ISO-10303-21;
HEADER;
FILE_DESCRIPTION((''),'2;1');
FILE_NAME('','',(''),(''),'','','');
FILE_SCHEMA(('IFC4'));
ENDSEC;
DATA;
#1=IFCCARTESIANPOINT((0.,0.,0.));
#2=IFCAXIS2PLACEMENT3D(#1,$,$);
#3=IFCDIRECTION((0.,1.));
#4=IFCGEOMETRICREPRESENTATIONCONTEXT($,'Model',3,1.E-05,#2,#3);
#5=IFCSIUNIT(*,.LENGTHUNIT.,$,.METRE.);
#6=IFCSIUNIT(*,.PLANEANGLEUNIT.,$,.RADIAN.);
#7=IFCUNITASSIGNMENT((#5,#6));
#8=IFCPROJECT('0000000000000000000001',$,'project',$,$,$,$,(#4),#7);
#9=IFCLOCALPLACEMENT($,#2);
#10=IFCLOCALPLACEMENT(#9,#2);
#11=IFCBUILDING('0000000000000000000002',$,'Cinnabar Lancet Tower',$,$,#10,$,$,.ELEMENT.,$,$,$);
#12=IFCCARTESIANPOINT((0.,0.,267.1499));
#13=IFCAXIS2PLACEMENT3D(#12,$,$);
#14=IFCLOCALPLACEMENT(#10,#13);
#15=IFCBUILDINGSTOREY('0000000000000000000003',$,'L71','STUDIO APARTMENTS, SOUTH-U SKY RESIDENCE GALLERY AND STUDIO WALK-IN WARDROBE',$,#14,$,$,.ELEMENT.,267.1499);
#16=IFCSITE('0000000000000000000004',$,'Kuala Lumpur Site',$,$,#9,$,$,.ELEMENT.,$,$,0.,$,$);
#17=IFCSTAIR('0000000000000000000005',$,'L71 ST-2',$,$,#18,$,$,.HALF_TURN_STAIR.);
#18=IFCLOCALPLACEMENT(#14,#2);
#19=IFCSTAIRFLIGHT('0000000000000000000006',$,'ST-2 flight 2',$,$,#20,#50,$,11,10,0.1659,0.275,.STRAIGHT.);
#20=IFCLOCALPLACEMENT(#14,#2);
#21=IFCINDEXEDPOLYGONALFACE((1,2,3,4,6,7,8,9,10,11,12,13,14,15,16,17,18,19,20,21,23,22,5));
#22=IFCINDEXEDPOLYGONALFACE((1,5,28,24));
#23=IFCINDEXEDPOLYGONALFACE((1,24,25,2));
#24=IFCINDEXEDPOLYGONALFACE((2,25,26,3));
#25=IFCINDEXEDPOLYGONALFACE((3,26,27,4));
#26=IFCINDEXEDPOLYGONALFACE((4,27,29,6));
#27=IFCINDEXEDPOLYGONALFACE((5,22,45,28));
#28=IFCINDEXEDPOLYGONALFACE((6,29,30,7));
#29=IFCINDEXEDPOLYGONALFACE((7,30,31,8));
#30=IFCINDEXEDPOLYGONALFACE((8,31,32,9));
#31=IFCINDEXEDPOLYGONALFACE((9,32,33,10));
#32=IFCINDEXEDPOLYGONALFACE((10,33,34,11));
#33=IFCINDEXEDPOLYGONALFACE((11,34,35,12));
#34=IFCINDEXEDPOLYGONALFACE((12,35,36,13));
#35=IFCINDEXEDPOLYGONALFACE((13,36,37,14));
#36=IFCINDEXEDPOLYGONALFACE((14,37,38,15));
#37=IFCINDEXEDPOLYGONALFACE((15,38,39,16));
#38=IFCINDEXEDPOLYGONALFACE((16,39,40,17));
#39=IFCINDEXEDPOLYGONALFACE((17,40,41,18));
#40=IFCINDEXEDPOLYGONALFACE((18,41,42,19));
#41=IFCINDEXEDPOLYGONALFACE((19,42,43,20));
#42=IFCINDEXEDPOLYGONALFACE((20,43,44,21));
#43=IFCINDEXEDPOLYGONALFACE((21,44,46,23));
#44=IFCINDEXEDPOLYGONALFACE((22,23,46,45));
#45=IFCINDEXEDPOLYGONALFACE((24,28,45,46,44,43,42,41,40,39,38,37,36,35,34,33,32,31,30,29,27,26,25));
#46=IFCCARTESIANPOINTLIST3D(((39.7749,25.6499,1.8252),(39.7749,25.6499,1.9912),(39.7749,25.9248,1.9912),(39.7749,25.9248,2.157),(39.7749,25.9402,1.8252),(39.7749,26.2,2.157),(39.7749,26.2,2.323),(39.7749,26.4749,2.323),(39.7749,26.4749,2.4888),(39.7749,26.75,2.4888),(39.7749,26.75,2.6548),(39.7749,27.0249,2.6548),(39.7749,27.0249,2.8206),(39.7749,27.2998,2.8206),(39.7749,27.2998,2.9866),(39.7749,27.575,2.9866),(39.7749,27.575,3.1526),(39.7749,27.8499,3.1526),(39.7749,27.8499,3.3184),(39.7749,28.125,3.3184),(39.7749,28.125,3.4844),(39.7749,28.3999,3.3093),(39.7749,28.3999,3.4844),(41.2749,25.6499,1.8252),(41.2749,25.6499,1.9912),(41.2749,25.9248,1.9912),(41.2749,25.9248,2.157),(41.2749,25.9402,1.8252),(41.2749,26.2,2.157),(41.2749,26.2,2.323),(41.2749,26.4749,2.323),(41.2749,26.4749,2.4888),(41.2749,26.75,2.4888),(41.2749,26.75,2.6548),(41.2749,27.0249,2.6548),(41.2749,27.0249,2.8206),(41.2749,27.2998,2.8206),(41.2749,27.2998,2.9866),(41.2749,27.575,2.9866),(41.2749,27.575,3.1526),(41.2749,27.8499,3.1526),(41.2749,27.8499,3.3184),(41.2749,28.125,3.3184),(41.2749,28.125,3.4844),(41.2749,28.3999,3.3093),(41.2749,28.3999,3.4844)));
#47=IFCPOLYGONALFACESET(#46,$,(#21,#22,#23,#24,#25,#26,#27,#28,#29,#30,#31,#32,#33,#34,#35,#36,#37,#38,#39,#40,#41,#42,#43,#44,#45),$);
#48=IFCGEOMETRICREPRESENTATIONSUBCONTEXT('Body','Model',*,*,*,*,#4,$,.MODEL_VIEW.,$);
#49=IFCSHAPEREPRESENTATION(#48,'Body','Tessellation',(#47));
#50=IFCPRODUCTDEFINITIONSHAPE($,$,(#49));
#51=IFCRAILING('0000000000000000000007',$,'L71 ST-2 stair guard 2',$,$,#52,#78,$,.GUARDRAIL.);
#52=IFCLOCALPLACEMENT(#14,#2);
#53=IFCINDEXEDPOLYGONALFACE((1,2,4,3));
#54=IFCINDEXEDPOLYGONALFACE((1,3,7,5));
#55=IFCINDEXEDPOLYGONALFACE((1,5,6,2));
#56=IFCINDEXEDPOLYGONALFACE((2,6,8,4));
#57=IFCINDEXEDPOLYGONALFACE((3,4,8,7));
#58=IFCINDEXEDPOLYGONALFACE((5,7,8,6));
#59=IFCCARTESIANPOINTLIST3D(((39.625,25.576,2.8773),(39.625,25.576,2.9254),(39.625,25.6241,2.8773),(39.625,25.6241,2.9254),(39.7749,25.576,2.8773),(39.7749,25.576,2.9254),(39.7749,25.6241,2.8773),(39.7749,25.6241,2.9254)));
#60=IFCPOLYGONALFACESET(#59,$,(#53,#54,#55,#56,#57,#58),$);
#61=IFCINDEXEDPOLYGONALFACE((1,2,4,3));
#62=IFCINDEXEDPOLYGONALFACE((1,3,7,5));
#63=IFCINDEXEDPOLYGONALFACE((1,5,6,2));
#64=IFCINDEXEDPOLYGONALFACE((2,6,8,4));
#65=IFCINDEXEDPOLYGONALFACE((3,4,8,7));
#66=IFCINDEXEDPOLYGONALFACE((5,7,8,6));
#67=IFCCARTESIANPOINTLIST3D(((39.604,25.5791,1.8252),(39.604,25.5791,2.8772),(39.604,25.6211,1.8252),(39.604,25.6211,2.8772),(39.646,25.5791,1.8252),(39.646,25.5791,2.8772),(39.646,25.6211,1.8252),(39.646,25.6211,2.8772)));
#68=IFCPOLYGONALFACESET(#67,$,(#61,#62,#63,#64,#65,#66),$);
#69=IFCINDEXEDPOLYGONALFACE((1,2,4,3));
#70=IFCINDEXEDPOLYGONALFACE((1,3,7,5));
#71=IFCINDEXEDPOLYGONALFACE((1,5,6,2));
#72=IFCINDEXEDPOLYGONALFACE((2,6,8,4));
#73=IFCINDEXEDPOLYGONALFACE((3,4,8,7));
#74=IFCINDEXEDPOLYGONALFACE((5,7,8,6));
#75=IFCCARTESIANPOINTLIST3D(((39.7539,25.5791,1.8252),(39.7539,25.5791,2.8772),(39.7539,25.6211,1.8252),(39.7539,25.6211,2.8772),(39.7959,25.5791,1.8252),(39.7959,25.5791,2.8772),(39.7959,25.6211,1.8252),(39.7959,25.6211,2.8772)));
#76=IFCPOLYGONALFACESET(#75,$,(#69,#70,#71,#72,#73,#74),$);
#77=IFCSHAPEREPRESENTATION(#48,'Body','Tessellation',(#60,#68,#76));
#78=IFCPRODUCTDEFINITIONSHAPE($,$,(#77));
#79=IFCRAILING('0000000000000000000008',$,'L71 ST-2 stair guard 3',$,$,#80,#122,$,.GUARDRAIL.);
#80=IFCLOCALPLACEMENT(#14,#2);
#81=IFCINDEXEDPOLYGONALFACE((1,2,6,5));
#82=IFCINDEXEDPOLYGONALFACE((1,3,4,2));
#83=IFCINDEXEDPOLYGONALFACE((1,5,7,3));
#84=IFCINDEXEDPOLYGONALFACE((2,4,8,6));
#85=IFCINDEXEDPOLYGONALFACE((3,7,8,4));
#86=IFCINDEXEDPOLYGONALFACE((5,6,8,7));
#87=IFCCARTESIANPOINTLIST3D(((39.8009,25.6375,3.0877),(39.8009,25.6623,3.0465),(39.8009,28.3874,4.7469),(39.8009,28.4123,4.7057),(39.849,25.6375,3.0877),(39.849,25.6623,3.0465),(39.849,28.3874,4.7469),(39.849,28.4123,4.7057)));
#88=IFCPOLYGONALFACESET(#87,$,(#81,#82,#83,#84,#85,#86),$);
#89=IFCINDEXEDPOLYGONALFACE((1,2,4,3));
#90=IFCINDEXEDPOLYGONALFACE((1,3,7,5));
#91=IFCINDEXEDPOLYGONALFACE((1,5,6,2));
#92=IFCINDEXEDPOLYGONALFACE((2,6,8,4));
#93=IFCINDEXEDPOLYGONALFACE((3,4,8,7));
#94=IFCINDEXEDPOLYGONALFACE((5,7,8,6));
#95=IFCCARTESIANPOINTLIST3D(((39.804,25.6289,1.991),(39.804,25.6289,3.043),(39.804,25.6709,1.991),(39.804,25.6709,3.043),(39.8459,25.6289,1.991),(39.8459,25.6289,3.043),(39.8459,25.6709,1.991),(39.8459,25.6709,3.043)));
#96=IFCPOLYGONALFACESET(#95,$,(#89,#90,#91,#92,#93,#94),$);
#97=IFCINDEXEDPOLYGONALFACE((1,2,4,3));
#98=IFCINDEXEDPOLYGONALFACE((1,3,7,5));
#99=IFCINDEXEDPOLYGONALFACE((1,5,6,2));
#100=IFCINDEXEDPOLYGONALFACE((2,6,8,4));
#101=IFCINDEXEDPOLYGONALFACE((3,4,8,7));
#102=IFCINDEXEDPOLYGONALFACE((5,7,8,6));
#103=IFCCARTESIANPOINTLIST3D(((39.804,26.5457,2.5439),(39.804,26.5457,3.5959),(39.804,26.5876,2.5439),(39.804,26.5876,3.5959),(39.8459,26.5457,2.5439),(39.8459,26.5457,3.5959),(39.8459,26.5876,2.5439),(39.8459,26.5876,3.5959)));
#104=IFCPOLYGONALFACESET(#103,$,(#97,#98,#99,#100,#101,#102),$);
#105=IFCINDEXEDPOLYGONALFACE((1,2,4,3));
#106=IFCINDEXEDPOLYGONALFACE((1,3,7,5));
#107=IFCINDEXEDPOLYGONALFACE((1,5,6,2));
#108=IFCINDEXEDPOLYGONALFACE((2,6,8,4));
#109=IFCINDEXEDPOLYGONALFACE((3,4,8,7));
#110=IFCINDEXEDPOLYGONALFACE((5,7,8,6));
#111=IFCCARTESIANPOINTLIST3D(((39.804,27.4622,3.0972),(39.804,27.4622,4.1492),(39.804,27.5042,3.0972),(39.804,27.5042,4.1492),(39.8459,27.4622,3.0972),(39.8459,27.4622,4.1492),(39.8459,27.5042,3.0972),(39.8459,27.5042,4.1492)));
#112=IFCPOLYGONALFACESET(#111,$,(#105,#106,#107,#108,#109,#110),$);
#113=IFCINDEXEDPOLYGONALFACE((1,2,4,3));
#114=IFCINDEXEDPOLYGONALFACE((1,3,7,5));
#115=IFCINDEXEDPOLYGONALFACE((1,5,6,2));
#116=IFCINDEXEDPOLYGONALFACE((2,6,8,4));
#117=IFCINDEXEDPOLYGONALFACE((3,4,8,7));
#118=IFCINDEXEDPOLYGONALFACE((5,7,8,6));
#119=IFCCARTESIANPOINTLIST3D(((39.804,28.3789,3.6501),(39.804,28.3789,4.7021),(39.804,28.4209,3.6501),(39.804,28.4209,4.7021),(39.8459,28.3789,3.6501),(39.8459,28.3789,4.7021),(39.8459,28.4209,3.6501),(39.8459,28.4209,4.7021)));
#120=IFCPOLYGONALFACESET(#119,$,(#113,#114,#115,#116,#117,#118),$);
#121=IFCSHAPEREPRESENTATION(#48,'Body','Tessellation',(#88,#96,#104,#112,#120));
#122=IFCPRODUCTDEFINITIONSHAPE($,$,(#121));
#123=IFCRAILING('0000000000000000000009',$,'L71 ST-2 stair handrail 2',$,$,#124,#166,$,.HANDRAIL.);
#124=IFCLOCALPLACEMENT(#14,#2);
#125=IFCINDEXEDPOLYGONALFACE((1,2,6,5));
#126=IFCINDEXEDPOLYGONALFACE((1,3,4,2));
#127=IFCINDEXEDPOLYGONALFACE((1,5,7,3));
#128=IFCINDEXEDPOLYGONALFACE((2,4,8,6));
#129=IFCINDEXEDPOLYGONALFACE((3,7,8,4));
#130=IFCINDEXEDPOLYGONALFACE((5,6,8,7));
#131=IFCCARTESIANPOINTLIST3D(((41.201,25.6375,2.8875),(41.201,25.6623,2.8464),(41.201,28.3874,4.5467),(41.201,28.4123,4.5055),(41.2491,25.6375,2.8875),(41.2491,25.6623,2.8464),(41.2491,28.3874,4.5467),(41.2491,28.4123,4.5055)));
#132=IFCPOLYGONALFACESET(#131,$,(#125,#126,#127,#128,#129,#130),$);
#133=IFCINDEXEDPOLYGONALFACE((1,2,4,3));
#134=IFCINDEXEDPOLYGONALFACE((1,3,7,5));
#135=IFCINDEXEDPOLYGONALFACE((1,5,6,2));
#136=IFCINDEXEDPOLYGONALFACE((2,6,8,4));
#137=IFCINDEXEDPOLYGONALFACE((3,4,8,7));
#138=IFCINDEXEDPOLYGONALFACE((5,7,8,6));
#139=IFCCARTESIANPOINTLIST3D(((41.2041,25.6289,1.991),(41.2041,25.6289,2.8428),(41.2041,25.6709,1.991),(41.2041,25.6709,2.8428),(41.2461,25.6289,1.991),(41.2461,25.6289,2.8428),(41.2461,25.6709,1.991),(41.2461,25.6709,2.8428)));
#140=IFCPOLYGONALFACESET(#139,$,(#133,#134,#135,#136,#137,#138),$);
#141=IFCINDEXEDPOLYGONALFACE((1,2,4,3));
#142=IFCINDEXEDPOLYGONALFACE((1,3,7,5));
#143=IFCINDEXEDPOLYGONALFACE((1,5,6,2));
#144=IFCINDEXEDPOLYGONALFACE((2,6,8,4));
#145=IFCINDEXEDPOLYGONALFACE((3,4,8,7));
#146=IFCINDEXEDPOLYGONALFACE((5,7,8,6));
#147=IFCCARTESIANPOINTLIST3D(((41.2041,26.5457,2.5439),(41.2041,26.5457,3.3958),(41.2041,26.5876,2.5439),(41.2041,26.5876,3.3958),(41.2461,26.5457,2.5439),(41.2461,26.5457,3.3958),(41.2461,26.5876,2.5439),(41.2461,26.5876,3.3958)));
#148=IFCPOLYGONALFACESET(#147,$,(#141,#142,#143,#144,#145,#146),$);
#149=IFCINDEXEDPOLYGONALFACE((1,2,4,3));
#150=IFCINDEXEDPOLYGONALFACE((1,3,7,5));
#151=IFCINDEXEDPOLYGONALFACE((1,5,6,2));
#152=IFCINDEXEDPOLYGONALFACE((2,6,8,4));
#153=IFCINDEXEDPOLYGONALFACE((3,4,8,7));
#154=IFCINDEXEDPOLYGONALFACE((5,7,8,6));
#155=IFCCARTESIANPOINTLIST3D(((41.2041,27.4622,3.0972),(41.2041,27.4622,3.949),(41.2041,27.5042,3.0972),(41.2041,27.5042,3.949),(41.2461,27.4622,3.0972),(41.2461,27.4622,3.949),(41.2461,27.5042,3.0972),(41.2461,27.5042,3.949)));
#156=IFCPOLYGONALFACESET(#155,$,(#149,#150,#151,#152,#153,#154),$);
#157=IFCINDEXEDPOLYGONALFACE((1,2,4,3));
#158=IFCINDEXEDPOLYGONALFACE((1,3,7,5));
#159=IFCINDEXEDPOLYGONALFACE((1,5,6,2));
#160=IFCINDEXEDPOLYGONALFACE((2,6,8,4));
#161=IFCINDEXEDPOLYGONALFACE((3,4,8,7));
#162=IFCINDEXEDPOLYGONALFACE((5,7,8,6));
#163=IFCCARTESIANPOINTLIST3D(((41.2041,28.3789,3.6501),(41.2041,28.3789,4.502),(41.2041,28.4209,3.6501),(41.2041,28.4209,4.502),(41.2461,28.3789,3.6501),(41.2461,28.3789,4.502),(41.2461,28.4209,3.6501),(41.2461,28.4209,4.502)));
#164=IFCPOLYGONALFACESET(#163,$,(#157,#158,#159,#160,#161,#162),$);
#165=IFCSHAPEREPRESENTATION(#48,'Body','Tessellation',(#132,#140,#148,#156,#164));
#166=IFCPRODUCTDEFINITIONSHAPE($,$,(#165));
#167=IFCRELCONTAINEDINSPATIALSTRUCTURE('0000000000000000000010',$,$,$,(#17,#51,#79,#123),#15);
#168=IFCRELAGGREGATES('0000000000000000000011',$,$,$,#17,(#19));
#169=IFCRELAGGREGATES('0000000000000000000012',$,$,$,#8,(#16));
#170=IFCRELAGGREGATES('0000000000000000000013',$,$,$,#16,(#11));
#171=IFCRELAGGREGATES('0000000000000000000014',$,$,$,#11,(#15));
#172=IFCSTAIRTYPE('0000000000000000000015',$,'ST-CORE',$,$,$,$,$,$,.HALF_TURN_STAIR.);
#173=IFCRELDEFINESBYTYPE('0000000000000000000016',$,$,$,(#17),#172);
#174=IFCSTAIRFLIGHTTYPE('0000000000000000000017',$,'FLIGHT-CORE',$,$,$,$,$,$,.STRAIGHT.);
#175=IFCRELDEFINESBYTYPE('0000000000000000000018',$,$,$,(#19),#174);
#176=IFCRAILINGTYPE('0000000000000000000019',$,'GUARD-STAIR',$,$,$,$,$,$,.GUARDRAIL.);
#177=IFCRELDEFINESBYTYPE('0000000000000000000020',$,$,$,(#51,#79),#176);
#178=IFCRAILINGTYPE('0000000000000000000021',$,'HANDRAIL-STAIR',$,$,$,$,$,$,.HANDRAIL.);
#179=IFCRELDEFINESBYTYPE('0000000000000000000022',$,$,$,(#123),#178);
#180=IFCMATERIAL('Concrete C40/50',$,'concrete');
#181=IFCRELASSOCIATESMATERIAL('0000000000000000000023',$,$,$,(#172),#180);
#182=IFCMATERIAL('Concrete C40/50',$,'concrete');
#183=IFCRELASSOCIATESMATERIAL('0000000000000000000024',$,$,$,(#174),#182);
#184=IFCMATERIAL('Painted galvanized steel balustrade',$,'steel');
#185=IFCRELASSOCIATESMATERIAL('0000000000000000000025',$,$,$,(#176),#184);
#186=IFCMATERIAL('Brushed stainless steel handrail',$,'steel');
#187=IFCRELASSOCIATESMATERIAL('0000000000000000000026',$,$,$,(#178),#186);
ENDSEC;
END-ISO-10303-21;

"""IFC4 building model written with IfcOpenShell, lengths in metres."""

from ifc_helpers import new_model, si_unit, direction, frame, origin, origin_2d, place, context, subcontext, project, spatial, polyline, rectangle, outline, extrude, material, type_object, element, aggregate, save


model = new_model("IFC4")

# Units and contexts
model_context = context("Model", 3, precision=1e-05, world=origin(), true_north=direction((0.0, 1.0)))
body_context = subcontext(model_context, "Body", "Model", "MODEL_VIEW")
ifc_project = project(units=[si_unit("LENGTHUNIT", "METRE"), si_unit("PLANEANGLEUNIT", "RADIAN")], contexts=[model_context])

# Site, building, storey
site_placement = place(None, origin())
site = spatial("IfcSite", under=ifc_project, at=site_placement, Name="Kuala Lumpur Site", CompositionType="ELEMENT", RefElevation=0.0)
building_placement = place(site_placement, origin())
building = spatial("IfcBuilding", under=site, at=building_placement, Name="Cinnabar Lancet Tower", CompositionType="ELEMENT")
storey_placement = place(building_placement, frame((0.0, 0.0, 267.1499)))
storey = spatial("IfcBuildingStorey", under=building, at=storey_placement, Name="L71", Description="STUDIO APARTMENTS, SOUTH-U SKY RESIDENCE GALLERY AND STUDIO WALK-IN WARDROBE", CompositionType="ELEMENT", Elevation=267.1499)

# Stair, stair flight
ifc_material_1 = material(Name="Concrete C40/50", Category="concrete")
stair_type = type_object("IfcStairType", Name="ST-CORE", PredefinedType="HALF_TURN_STAIR", material=ifc_material_1)
stair_placement = place(storey_placement, origin())
stair = element("IfcStair", 1, at=stair_placement, inside=storey, type_object=stair_type, Name="L71 ST-2", PredefinedType="HALF_TURN_STAIR")
ifc_material_2 = material(Name="Concrete C40/50", Category="concrete")
stair_flight_type = type_object("IfcStairFlightType", Name="FLIGHT-CORE", PredefinedType="STRAIGHT", material=ifc_material_2)
stair_flight_placement = place(storey_placement, frame((40.5249, 25.6499, 1.8252), z_axis=(0.0, 0.0, 1.0), x_axis=(0.0, 1.0, 0.0)))
stair_flight = element("IfcStairFlight", 2, at=stair_flight_placement, type_object=stair_flight_type, Name="ST-2 flight 2", NumberOfRisers=11, NumberOfTreads=10, PredefinedType="STRAIGHT", RiserHeight=0.1659, TreadLength=0.275, context=body_context, shape_type="SweptSolid", body=[
    extrude(outline(polyline([(0.0, 0.0), (0.0, 0.166), (0.2749, 0.166), (0.2749, 0.3318), (0.55, 0.3318), (0.55, 0.4978), (0.825, 0.4978), (0.825, 0.6636), (1.1001, 0.6636), (1.1001, 0.8296), (1.375, 0.8296), (1.375, 0.9954), (1.6499, 0.9954), (1.6499, 1.1614), (1.925, 1.1614), (1.925, 1.3274), (2.2, 1.3274), (2.2, 1.4932), (2.4751, 1.4932), (2.4751, 1.6592), (2.75, 1.6592), (2.75, 1.825), (2.75, 1.4841), (0.2903, 0.0), (0.0, 0.0)])), frame((0.0, 0.75, 0.0), z_axis=(0.0, -1.0, 0.0), x_axis=(1.0, 0.0, 0.0)), (0.0, 0.0, 1.0), 1.5),
])
aggregate(stair, [stair_flight])

# Railings
ifc_material_3 = material(Name="Painted galvanized steel balustrade", Category="steel")
railing_type_1 = type_object("IfcRailingType", Name="GUARD-STAIR", PredefinedType="GUARDRAIL", material=ifc_material_3)
railing_1_placement = place(storey_placement, frame((39.625, 25.6001, 1.8252)))
element("IfcRailing", 3, at=railing_1_placement, inside=storey, type_object=railing_type_1, Name="L71 ST-2 stair guard 2", PredefinedType="GUARDRAIL", context=body_context, shape_type="SweptSolid", body=[
    extrude(rectangle(XDim=0.0481, YDim=0.0481, at=origin_2d()), frame((0.0, 0.0, 1.0762), z_axis=(1.0, 0.0, 0.0), x_axis=(0.0, 1.0, 0.0)), (0.0, 0.0, 1.0), 0.1499),
    extrude(rectangle(XDim=0.042, YDim=0.042, at=origin_2d()), origin(), (0.0, 0.0, 1.0), 1.052),
    extrude(rectangle(XDim=0.042, YDim=0.042, at=origin_2d()), frame((0.1499, 0.0, 0.0)), (0.0, 0.0, 1.0), 1.052),
])
railing_2_placement = place(storey_placement, frame((39.825, 25.6499, 1.991)))
element("IfcRailing", 4, at=railing_2_placement, inside=storey, type_object=railing_type_1, Name="L71 ST-2 stair guard 3", PredefinedType="GUARDRAIL", context=body_context, shape_type="SweptSolid", body=[
    extrude(rectangle(XDim=0.0481, YDim=0.0481, at=origin_2d()), frame((0.0, 0.0, 1.0762), z_axis=(0.0, 0.856229, 0.516596), x_axis=(-1.0, 0.0, 0.0)), (0.0, 0.0, 1.0), 3.2117),
    extrude(rectangle(XDim=0.042, YDim=0.042, at=origin_2d()), origin(), (0.0, 0.0, 1.0), 1.052),
    extrude(rectangle(XDim=0.042, YDim=0.042, at=origin_2d()), frame((0.0, 0.9167, 0.553)), (0.0, 0.0, 1.0), 1.052),
    extrude(rectangle(XDim=0.042, YDim=0.042, at=origin_2d()), frame((0.0, 1.8333, 1.1062)), (0.0, 0.0, 1.0), 1.052),
    extrude(rectangle(XDim=0.042, YDim=0.042, at=origin_2d()), frame((0.0, 2.75, 1.6592)), (0.0, 0.0, 1.0), 1.052),
])
ifc_material_4 = material(Name="Brushed stainless steel handrail", Category="steel")
railing_type_2 = type_object("IfcRailingType", Name="HANDRAIL-STAIR", PredefinedType="HANDRAIL", material=ifc_material_4)
railing_3_placement = place(storey_placement, frame((41.2251, 25.6499, 1.991)))
element("IfcRailing", 5, at=railing_3_placement, inside=storey, type_object=railing_type_2, Name="L71 ST-2 stair handrail 2", PredefinedType="HANDRAIL", context=body_context, shape_type="SweptSolid", body=[
    extrude(rectangle(XDim=0.0481, YDim=0.0481, at=origin_2d()), frame((0.0, 0.0, 0.876), z_axis=(0.0, 0.856229, 0.516596), x_axis=(-1.0, 0.0, 0.0)), (0.0, 0.0, 1.0), 3.2117),
    extrude(rectangle(XDim=0.042, YDim=0.042, at=origin_2d()), origin(), (0.0, 0.0, 1.0), 0.8518),
    extrude(rectangle(XDim=0.042, YDim=0.042, at=origin_2d()), frame((0.0, 0.9167, 0.553)), (0.0, 0.0, 1.0), 0.8518),
    extrude(rectangle(XDim=0.042, YDim=0.042, at=origin_2d()), frame((0.0, 1.8333, 1.1062)), (0.0, 0.0, 1.0), 0.8518),
    extrude(rectangle(XDim=0.042, YDim=0.042, at=origin_2d()), frame((0.0, 2.75, 1.6592)), (0.0, 0.0, 1.0), 0.8518),
])

save(model, "model.ifc")
